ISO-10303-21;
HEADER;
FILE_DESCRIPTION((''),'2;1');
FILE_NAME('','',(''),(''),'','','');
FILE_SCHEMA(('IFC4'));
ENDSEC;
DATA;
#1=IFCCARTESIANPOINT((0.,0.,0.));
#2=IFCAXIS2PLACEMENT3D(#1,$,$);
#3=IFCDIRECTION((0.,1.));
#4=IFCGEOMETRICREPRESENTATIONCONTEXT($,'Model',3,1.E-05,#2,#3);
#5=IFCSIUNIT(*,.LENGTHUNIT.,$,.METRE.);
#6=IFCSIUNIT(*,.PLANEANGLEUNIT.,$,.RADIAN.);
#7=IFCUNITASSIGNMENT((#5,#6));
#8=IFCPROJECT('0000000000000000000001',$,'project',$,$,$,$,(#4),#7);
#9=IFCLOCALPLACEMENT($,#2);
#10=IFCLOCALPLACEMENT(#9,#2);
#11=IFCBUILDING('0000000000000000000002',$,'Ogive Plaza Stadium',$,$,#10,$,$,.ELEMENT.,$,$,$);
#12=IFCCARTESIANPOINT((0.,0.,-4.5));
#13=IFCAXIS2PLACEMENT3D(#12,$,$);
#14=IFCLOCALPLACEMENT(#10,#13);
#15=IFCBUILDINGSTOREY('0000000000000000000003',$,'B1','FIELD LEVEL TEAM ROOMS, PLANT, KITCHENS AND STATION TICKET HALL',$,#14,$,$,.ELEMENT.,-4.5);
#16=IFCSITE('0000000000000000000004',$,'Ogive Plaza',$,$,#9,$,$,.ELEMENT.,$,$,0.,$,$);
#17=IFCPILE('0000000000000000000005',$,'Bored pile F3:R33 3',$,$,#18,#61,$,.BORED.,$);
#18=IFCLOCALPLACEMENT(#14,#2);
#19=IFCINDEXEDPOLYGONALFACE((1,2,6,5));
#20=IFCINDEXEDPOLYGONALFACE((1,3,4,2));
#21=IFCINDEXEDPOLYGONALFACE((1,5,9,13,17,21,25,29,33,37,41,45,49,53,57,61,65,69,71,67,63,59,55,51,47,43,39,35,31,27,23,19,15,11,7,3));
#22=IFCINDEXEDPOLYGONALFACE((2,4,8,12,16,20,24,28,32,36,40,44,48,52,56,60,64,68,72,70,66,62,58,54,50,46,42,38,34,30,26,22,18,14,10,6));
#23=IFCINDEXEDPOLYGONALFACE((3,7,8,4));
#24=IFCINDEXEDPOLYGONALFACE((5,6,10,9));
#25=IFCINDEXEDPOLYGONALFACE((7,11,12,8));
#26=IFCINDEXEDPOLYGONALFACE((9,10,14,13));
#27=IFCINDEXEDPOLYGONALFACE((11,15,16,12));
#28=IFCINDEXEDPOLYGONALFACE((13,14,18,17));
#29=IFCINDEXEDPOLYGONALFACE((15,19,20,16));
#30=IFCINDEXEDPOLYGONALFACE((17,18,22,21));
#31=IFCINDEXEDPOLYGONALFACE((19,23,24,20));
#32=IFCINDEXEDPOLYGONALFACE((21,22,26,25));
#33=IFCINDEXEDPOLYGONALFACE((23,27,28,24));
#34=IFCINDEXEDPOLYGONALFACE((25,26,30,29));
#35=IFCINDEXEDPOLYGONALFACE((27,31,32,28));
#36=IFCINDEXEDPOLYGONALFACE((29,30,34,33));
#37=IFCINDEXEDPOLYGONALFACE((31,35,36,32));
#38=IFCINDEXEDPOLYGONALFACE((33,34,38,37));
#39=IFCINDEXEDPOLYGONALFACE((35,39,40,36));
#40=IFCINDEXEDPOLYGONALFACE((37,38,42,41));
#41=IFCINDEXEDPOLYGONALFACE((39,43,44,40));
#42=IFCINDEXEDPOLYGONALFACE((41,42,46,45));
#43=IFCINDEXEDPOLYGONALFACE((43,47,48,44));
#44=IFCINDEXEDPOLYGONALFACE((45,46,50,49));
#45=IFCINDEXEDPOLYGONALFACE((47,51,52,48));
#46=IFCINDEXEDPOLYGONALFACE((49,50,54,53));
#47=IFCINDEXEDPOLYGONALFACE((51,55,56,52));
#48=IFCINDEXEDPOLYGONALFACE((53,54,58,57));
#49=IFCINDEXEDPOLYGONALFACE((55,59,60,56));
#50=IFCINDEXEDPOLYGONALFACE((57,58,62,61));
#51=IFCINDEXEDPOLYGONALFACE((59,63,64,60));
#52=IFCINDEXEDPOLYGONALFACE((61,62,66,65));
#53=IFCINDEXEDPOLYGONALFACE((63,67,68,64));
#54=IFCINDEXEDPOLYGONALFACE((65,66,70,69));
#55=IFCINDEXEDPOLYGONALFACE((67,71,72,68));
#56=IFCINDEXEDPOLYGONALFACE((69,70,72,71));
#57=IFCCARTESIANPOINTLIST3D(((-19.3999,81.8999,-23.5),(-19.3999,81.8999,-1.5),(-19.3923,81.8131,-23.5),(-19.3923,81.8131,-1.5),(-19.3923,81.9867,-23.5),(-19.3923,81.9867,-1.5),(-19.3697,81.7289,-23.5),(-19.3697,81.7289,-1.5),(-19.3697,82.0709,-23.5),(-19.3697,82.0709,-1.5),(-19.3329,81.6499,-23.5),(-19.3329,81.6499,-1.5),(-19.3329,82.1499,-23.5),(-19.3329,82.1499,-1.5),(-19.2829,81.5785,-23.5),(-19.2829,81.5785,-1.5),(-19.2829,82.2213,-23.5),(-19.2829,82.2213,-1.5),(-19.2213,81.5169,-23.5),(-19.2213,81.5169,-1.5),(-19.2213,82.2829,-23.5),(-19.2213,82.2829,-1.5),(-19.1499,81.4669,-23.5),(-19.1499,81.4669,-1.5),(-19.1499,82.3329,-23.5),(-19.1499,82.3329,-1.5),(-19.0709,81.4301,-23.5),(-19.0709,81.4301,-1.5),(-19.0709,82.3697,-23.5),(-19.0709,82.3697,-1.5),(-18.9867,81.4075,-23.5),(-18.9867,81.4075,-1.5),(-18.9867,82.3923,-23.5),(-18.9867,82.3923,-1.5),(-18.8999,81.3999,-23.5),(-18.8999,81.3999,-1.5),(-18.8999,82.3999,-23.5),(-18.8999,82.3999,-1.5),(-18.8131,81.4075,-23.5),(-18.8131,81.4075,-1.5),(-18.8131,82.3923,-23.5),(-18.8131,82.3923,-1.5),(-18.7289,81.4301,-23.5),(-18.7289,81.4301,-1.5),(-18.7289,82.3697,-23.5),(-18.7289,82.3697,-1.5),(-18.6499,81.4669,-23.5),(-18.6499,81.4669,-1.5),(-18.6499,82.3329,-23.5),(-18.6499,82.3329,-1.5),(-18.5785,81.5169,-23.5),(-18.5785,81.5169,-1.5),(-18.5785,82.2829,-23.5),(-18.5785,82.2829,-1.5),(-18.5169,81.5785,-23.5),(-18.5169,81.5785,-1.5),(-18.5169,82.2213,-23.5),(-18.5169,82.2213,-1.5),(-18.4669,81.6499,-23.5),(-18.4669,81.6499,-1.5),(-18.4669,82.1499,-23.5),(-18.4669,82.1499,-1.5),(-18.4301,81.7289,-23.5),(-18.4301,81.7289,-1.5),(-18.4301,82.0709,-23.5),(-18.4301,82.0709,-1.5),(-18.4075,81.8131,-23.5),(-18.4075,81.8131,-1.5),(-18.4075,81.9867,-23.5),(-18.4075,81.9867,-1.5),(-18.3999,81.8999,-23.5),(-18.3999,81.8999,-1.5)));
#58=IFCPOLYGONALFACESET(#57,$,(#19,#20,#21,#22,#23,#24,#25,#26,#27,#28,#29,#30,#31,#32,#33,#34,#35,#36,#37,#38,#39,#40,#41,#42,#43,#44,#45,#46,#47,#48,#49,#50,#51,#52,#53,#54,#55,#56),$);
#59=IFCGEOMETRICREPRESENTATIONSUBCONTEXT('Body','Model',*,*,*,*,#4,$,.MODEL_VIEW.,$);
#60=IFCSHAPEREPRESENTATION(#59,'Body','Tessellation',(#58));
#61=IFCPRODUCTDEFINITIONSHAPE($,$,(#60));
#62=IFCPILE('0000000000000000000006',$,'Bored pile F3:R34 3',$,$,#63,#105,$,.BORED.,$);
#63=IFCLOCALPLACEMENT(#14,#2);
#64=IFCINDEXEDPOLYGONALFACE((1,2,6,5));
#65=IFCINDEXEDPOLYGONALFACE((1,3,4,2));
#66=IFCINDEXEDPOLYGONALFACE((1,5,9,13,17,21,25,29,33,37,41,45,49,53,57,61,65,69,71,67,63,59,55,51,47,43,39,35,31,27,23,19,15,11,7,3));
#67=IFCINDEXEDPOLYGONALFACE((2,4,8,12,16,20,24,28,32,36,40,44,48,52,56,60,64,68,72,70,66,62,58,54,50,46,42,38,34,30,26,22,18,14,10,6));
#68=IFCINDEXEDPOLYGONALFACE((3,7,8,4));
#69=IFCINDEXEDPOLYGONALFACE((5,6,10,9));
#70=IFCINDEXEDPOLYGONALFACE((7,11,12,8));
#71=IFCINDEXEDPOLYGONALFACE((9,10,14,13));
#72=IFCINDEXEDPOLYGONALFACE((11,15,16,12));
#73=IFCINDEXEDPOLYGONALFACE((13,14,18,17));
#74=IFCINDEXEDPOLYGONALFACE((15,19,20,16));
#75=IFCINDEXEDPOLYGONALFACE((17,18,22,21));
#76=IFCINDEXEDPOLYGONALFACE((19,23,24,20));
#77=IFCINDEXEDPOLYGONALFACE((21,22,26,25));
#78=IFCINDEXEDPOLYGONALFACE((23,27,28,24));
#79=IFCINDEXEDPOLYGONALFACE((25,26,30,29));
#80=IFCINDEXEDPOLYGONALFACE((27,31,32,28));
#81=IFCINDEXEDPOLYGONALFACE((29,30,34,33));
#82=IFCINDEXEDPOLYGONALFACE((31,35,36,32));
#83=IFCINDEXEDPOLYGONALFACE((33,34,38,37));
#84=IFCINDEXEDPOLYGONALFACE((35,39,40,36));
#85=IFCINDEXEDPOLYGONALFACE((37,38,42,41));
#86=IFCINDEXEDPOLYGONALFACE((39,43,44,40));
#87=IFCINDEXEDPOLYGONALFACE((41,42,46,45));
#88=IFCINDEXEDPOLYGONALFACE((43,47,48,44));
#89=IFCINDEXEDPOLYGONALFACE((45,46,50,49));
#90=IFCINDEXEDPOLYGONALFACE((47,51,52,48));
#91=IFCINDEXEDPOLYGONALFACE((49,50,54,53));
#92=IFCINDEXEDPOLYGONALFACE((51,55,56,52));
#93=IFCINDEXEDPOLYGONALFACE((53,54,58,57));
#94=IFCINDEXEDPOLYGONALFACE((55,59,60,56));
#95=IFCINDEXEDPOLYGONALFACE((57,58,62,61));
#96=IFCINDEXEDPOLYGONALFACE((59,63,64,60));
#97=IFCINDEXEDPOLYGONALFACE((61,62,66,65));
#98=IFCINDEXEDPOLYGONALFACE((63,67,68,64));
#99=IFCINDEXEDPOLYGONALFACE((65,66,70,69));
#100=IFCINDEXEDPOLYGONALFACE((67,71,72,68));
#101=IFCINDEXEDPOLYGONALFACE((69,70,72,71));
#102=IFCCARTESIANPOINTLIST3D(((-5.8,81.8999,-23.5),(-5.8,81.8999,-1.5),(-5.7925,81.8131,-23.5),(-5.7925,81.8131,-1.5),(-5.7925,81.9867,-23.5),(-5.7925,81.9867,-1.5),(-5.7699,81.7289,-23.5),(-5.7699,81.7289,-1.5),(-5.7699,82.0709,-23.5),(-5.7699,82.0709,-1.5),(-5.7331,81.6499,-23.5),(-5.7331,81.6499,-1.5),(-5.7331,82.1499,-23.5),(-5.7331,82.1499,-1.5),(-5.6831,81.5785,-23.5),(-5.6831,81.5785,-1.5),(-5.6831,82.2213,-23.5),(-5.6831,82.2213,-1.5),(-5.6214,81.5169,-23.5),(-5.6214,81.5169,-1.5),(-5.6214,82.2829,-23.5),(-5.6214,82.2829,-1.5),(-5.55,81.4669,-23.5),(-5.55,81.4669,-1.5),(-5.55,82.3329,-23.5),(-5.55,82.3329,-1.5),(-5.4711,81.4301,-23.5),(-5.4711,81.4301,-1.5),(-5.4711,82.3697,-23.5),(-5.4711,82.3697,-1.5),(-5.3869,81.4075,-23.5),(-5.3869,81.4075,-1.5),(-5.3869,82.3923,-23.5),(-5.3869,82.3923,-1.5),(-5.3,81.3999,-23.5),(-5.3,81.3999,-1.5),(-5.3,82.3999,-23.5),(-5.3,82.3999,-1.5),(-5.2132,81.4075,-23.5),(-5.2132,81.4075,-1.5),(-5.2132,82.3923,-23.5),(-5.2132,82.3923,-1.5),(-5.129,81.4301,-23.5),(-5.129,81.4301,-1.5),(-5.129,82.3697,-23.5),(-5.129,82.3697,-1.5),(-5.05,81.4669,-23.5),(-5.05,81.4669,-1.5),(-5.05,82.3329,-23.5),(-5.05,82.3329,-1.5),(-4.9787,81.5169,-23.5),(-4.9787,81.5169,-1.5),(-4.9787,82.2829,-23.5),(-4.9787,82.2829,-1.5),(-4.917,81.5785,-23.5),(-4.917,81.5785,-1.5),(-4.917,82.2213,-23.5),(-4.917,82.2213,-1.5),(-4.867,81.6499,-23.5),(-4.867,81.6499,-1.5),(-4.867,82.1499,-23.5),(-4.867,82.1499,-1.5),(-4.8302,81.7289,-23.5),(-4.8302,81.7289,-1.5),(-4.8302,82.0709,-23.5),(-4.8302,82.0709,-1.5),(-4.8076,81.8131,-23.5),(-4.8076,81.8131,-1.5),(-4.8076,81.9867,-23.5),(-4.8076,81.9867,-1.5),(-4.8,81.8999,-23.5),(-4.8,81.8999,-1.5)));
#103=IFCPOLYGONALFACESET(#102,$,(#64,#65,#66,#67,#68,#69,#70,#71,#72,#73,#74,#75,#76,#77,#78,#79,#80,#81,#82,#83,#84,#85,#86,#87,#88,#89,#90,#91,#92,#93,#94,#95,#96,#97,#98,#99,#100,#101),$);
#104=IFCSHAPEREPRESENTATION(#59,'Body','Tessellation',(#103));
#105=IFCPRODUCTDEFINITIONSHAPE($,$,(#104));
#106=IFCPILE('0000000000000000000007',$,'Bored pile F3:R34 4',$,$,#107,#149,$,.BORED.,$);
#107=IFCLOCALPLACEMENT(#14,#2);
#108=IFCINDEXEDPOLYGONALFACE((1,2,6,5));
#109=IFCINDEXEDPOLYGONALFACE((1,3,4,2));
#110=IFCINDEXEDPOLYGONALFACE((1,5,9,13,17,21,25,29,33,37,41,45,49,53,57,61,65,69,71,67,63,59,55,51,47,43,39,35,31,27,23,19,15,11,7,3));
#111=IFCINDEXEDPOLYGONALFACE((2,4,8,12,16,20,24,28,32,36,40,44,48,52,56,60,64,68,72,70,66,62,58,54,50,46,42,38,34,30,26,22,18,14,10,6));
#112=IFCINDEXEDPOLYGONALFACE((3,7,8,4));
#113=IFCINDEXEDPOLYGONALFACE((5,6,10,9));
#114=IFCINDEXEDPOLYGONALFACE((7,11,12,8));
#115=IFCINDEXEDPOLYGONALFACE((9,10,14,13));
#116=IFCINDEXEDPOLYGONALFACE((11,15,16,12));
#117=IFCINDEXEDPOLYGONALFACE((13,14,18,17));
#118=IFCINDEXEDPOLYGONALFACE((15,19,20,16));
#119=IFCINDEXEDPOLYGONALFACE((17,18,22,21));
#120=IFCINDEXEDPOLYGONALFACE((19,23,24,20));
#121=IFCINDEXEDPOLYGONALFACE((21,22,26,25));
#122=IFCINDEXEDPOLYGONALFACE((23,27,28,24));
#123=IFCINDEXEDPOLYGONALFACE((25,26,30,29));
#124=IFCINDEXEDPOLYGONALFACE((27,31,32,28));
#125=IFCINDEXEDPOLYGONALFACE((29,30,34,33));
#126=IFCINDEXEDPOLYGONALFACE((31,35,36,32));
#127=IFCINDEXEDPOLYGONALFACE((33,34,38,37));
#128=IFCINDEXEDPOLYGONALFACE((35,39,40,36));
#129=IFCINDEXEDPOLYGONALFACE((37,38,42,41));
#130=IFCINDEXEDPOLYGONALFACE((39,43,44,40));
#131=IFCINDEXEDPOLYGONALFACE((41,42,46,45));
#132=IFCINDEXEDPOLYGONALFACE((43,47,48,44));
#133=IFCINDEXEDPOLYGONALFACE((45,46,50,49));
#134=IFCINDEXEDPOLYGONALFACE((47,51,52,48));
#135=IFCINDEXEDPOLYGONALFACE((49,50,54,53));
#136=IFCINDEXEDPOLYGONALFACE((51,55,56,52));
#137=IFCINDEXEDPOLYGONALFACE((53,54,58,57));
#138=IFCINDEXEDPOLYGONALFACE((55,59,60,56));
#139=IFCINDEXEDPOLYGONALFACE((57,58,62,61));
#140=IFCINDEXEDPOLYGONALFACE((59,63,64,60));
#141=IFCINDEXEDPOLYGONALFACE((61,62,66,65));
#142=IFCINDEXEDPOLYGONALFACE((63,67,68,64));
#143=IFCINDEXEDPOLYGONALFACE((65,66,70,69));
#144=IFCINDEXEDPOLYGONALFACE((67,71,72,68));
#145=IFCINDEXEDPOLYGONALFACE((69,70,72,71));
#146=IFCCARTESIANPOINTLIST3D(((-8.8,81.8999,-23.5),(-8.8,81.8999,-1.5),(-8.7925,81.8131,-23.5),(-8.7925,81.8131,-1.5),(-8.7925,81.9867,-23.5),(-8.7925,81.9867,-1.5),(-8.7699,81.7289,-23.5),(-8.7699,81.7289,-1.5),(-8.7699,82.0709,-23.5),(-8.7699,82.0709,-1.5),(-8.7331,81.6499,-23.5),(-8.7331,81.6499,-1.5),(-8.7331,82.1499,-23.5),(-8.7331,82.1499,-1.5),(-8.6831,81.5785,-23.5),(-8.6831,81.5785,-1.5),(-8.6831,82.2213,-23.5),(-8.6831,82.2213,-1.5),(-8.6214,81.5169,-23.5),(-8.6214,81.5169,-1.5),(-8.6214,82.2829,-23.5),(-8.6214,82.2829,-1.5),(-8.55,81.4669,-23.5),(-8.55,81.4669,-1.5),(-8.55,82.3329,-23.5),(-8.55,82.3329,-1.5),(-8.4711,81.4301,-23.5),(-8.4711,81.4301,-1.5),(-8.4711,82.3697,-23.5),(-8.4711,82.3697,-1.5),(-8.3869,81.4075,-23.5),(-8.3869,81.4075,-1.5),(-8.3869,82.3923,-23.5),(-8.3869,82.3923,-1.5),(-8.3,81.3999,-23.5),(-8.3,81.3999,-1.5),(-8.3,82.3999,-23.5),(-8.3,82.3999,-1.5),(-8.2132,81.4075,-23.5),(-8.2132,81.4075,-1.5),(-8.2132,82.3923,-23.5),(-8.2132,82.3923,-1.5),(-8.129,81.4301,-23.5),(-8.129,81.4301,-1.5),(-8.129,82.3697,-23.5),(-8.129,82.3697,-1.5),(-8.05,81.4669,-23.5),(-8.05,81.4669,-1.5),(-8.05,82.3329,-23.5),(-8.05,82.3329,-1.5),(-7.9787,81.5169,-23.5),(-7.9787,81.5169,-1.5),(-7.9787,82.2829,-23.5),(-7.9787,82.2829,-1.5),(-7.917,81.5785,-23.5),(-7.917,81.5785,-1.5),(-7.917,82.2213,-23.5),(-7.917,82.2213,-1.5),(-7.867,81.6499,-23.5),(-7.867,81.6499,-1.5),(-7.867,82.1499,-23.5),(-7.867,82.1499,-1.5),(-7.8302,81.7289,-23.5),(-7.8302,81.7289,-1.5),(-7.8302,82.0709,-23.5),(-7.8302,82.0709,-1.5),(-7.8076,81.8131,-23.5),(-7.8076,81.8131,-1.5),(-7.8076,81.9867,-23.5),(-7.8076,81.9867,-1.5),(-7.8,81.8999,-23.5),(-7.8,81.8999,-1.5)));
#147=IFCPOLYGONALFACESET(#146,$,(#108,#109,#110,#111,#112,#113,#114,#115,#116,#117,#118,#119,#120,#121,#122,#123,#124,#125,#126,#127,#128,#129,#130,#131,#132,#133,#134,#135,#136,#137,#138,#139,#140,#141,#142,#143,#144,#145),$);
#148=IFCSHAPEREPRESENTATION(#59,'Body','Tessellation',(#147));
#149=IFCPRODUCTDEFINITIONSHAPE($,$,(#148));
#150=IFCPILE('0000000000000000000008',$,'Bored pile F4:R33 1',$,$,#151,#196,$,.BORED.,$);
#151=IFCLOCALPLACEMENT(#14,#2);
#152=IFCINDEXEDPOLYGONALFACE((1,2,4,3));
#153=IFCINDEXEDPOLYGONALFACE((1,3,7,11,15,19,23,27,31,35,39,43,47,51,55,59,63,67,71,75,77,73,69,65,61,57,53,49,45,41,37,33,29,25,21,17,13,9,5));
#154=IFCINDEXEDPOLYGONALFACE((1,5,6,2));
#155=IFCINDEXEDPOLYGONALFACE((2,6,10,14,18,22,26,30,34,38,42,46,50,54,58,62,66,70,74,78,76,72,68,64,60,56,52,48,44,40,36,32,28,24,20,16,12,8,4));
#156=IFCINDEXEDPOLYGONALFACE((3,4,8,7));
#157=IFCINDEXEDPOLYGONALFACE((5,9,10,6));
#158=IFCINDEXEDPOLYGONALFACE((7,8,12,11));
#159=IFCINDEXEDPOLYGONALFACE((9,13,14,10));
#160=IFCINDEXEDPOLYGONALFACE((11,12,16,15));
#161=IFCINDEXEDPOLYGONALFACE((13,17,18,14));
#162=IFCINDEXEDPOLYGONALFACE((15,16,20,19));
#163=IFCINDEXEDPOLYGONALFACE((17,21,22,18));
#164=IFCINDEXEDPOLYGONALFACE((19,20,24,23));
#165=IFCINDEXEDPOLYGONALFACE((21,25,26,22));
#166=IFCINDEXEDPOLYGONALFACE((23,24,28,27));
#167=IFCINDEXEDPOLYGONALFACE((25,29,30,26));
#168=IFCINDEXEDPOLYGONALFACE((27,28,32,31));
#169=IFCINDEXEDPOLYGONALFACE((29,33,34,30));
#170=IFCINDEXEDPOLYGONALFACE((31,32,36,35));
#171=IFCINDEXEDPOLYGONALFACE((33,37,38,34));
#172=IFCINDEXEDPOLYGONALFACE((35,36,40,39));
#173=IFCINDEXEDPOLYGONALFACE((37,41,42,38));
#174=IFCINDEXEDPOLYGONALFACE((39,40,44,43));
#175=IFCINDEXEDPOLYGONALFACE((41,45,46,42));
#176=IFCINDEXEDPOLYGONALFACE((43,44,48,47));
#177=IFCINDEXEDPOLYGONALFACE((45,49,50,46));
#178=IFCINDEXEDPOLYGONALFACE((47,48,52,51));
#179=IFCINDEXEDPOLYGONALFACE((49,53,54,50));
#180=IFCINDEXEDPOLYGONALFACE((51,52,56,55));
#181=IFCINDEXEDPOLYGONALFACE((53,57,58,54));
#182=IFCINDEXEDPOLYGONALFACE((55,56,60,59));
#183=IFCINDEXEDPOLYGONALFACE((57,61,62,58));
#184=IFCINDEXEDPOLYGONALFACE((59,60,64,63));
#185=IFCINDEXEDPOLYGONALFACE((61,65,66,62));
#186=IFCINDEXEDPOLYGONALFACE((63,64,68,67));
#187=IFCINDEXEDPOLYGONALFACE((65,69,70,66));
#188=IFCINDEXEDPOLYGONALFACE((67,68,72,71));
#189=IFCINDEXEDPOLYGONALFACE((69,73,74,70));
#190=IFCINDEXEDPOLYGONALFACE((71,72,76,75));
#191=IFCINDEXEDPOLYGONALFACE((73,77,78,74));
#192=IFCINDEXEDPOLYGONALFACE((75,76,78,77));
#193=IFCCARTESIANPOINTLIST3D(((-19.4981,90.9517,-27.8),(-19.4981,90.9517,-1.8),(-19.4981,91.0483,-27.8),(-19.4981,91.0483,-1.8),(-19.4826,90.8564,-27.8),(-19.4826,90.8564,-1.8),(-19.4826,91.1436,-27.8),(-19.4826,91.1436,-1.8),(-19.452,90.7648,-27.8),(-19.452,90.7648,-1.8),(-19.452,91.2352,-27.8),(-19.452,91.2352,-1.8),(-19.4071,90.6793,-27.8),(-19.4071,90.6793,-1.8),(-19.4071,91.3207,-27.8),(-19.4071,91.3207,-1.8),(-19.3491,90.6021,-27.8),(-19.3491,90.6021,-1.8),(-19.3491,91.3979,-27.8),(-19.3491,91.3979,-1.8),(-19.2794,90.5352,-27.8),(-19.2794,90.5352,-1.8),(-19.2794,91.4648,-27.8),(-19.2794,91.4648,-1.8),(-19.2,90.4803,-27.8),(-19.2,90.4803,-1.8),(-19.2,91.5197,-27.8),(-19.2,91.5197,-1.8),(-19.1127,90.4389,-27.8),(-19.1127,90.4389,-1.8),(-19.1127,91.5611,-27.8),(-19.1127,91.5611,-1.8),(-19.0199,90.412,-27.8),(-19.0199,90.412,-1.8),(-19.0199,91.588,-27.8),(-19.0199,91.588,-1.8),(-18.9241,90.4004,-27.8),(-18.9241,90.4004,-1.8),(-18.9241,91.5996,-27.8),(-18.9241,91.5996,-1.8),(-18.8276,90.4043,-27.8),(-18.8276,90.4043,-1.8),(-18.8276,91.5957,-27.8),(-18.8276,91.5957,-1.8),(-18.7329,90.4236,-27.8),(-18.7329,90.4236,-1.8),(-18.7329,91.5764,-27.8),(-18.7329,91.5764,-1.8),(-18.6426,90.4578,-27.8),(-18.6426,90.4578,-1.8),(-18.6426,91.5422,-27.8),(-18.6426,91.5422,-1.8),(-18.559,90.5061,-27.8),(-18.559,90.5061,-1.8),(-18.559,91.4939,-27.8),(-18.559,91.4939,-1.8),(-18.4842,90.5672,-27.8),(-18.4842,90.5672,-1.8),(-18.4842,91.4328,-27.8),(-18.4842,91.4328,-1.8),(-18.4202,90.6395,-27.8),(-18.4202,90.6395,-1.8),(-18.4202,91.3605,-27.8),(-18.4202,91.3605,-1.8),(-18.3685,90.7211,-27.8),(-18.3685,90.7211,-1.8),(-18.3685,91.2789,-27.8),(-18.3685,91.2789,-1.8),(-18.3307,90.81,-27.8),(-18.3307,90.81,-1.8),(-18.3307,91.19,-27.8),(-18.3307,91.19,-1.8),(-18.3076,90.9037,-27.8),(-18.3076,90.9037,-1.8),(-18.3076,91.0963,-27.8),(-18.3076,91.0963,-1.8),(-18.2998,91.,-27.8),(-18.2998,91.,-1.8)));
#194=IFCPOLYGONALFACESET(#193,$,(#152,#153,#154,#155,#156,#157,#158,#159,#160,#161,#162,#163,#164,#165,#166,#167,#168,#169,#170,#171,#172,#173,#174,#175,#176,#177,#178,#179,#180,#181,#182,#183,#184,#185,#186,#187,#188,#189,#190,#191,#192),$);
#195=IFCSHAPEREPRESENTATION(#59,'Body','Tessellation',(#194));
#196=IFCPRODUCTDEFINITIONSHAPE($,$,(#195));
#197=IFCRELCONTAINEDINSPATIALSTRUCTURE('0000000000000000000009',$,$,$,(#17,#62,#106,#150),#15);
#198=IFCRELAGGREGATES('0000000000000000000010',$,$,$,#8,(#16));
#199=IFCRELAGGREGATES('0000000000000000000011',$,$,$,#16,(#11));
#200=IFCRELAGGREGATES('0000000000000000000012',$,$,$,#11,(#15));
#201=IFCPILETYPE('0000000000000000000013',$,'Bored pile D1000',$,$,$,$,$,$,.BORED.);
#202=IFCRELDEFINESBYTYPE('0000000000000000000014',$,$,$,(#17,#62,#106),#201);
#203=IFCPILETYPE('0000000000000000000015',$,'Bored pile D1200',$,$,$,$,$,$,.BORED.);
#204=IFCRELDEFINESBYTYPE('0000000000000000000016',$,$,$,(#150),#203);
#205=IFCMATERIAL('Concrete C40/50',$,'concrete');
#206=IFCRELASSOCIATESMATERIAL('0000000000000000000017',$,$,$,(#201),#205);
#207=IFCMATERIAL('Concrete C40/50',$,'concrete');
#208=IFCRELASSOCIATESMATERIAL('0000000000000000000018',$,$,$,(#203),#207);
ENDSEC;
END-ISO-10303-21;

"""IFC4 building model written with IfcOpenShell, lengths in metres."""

from ifc_helpers import new_model, si_unit, direction, frame, origin, origin_2d, place, context, subcontext, project, spatial, circle, extrude, material, material_profile, profile_set, type_object, element, save


model = new_model("IFC4")

# Units and contexts
model_context = context("Model", 3, precision=1e-05, world=origin(), true_north=direction((0.0, 1.0)))
body_context = subcontext(model_context, "Body", "Model", "MODEL_VIEW")
ifc_project = project(units=[si_unit("LENGTHUNIT", "METRE"), si_unit("PLANEANGLEUNIT", "RADIAN")], contexts=[model_context])

# Site, building, storey
site_placement = place(None, origin())
site = spatial("IfcSite", under=ifc_project, at=site_placement, Name="Ogive Plaza", CompositionType="ELEMENT", RefElevation=0.0)
building_placement = place(site_placement, origin())
building = spatial("IfcBuilding", under=site, at=building_placement, Name="Ogive Plaza Stadium", CompositionType="ELEMENT")
storey_placement = place(building_placement, frame((0.0, 0.0, -4.5)))
storey = spatial("IfcBuildingStorey", under=building, at=storey_placement, Name="B1", Description="FIELD LEVEL TEAM ROOMS, PLANT, KITCHENS AND STATION TICKET HALL", CompositionType="ELEMENT", Elevation=-4.5)

# Piles
ifc_material_1 = material(Name="Concrete C40/50", Category="concrete")
ifc_material_profile_1 = material_profile(ifc_material_1, circle(Radius=0.5, at=origin_2d()), Name="RC D1000")
ifc_profile_set_1 = profile_set([ifc_material_profile_1], Name="Concrete C40/50")
pile_type_1 = type_object("IfcPileType", Name="Bored pile D1000", PredefinedType="BORED", material=ifc_profile_set_1)
for number, where, z_axis, x_axis, name in (
    (1, (-18.8999, 81.8999, -1.5), (0.0, 0.0, -1.0), (1.0, 0.0, 0.0), "Bored pile F3:R33 3"),
    (2, (-5.3, 81.8999, -1.5), (0.0, 0.0, -1.0), (1.0, 0.0, 0.0), "Bored pile F3:R34 3"),
    (3, (-8.3, 81.8999, -1.5), (0.0, 0.0, -1.0), (1.0, 0.0, 0.0), "Bored pile F3:R34 4"),
):
    element("IfcPile", number, at=place(storey_placement, frame(where, z_axis=z_axis, x_axis=x_axis)), inside=storey, type_object=pile_type_1, Name=name, PredefinedType="BORED", context=body_context, shape_type="SweptSolid", body=[
        extrude(circle(Radius=0.5, at=origin_2d()), origin(), (0.0, 0.0, 1.0), 22.0),
    ])
ifc_material_2 = material(Name="Concrete C40/50", Category="concrete")
ifc_material_profile_2 = material_profile(ifc_material_2, circle(Radius=0.6001, at=origin_2d()), Name="RC D1200")
ifc_profile_set_2 = profile_set([ifc_material_profile_2], Name="Concrete C40/50")
pile_type_2 = type_object("IfcPileType", Name="Bored pile D1200", PredefinedType="BORED", material=ifc_profile_set_2)
for number, where, z_axis, x_axis, name in (
    (4, (-18.8999, 91.0, -1.8), (0.0, 0.0, -1.0), (1.0, 0.0, 0.0), "Bored pile F4:R33 1"),
):
    element("IfcPile", number, at=place(storey_placement, frame(where, z_axis=z_axis, x_axis=x_axis)), inside=storey, type_object=pile_type_2, Name=name, PredefinedType="BORED", context=body_context, shape_type="SweptSolid", body=[
        extrude(circle(Radius=0.6001, at=origin_2d()), origin(), (0.0, 0.0, 1.0), 26.0),
    ])

save(model, "model.ifc")
